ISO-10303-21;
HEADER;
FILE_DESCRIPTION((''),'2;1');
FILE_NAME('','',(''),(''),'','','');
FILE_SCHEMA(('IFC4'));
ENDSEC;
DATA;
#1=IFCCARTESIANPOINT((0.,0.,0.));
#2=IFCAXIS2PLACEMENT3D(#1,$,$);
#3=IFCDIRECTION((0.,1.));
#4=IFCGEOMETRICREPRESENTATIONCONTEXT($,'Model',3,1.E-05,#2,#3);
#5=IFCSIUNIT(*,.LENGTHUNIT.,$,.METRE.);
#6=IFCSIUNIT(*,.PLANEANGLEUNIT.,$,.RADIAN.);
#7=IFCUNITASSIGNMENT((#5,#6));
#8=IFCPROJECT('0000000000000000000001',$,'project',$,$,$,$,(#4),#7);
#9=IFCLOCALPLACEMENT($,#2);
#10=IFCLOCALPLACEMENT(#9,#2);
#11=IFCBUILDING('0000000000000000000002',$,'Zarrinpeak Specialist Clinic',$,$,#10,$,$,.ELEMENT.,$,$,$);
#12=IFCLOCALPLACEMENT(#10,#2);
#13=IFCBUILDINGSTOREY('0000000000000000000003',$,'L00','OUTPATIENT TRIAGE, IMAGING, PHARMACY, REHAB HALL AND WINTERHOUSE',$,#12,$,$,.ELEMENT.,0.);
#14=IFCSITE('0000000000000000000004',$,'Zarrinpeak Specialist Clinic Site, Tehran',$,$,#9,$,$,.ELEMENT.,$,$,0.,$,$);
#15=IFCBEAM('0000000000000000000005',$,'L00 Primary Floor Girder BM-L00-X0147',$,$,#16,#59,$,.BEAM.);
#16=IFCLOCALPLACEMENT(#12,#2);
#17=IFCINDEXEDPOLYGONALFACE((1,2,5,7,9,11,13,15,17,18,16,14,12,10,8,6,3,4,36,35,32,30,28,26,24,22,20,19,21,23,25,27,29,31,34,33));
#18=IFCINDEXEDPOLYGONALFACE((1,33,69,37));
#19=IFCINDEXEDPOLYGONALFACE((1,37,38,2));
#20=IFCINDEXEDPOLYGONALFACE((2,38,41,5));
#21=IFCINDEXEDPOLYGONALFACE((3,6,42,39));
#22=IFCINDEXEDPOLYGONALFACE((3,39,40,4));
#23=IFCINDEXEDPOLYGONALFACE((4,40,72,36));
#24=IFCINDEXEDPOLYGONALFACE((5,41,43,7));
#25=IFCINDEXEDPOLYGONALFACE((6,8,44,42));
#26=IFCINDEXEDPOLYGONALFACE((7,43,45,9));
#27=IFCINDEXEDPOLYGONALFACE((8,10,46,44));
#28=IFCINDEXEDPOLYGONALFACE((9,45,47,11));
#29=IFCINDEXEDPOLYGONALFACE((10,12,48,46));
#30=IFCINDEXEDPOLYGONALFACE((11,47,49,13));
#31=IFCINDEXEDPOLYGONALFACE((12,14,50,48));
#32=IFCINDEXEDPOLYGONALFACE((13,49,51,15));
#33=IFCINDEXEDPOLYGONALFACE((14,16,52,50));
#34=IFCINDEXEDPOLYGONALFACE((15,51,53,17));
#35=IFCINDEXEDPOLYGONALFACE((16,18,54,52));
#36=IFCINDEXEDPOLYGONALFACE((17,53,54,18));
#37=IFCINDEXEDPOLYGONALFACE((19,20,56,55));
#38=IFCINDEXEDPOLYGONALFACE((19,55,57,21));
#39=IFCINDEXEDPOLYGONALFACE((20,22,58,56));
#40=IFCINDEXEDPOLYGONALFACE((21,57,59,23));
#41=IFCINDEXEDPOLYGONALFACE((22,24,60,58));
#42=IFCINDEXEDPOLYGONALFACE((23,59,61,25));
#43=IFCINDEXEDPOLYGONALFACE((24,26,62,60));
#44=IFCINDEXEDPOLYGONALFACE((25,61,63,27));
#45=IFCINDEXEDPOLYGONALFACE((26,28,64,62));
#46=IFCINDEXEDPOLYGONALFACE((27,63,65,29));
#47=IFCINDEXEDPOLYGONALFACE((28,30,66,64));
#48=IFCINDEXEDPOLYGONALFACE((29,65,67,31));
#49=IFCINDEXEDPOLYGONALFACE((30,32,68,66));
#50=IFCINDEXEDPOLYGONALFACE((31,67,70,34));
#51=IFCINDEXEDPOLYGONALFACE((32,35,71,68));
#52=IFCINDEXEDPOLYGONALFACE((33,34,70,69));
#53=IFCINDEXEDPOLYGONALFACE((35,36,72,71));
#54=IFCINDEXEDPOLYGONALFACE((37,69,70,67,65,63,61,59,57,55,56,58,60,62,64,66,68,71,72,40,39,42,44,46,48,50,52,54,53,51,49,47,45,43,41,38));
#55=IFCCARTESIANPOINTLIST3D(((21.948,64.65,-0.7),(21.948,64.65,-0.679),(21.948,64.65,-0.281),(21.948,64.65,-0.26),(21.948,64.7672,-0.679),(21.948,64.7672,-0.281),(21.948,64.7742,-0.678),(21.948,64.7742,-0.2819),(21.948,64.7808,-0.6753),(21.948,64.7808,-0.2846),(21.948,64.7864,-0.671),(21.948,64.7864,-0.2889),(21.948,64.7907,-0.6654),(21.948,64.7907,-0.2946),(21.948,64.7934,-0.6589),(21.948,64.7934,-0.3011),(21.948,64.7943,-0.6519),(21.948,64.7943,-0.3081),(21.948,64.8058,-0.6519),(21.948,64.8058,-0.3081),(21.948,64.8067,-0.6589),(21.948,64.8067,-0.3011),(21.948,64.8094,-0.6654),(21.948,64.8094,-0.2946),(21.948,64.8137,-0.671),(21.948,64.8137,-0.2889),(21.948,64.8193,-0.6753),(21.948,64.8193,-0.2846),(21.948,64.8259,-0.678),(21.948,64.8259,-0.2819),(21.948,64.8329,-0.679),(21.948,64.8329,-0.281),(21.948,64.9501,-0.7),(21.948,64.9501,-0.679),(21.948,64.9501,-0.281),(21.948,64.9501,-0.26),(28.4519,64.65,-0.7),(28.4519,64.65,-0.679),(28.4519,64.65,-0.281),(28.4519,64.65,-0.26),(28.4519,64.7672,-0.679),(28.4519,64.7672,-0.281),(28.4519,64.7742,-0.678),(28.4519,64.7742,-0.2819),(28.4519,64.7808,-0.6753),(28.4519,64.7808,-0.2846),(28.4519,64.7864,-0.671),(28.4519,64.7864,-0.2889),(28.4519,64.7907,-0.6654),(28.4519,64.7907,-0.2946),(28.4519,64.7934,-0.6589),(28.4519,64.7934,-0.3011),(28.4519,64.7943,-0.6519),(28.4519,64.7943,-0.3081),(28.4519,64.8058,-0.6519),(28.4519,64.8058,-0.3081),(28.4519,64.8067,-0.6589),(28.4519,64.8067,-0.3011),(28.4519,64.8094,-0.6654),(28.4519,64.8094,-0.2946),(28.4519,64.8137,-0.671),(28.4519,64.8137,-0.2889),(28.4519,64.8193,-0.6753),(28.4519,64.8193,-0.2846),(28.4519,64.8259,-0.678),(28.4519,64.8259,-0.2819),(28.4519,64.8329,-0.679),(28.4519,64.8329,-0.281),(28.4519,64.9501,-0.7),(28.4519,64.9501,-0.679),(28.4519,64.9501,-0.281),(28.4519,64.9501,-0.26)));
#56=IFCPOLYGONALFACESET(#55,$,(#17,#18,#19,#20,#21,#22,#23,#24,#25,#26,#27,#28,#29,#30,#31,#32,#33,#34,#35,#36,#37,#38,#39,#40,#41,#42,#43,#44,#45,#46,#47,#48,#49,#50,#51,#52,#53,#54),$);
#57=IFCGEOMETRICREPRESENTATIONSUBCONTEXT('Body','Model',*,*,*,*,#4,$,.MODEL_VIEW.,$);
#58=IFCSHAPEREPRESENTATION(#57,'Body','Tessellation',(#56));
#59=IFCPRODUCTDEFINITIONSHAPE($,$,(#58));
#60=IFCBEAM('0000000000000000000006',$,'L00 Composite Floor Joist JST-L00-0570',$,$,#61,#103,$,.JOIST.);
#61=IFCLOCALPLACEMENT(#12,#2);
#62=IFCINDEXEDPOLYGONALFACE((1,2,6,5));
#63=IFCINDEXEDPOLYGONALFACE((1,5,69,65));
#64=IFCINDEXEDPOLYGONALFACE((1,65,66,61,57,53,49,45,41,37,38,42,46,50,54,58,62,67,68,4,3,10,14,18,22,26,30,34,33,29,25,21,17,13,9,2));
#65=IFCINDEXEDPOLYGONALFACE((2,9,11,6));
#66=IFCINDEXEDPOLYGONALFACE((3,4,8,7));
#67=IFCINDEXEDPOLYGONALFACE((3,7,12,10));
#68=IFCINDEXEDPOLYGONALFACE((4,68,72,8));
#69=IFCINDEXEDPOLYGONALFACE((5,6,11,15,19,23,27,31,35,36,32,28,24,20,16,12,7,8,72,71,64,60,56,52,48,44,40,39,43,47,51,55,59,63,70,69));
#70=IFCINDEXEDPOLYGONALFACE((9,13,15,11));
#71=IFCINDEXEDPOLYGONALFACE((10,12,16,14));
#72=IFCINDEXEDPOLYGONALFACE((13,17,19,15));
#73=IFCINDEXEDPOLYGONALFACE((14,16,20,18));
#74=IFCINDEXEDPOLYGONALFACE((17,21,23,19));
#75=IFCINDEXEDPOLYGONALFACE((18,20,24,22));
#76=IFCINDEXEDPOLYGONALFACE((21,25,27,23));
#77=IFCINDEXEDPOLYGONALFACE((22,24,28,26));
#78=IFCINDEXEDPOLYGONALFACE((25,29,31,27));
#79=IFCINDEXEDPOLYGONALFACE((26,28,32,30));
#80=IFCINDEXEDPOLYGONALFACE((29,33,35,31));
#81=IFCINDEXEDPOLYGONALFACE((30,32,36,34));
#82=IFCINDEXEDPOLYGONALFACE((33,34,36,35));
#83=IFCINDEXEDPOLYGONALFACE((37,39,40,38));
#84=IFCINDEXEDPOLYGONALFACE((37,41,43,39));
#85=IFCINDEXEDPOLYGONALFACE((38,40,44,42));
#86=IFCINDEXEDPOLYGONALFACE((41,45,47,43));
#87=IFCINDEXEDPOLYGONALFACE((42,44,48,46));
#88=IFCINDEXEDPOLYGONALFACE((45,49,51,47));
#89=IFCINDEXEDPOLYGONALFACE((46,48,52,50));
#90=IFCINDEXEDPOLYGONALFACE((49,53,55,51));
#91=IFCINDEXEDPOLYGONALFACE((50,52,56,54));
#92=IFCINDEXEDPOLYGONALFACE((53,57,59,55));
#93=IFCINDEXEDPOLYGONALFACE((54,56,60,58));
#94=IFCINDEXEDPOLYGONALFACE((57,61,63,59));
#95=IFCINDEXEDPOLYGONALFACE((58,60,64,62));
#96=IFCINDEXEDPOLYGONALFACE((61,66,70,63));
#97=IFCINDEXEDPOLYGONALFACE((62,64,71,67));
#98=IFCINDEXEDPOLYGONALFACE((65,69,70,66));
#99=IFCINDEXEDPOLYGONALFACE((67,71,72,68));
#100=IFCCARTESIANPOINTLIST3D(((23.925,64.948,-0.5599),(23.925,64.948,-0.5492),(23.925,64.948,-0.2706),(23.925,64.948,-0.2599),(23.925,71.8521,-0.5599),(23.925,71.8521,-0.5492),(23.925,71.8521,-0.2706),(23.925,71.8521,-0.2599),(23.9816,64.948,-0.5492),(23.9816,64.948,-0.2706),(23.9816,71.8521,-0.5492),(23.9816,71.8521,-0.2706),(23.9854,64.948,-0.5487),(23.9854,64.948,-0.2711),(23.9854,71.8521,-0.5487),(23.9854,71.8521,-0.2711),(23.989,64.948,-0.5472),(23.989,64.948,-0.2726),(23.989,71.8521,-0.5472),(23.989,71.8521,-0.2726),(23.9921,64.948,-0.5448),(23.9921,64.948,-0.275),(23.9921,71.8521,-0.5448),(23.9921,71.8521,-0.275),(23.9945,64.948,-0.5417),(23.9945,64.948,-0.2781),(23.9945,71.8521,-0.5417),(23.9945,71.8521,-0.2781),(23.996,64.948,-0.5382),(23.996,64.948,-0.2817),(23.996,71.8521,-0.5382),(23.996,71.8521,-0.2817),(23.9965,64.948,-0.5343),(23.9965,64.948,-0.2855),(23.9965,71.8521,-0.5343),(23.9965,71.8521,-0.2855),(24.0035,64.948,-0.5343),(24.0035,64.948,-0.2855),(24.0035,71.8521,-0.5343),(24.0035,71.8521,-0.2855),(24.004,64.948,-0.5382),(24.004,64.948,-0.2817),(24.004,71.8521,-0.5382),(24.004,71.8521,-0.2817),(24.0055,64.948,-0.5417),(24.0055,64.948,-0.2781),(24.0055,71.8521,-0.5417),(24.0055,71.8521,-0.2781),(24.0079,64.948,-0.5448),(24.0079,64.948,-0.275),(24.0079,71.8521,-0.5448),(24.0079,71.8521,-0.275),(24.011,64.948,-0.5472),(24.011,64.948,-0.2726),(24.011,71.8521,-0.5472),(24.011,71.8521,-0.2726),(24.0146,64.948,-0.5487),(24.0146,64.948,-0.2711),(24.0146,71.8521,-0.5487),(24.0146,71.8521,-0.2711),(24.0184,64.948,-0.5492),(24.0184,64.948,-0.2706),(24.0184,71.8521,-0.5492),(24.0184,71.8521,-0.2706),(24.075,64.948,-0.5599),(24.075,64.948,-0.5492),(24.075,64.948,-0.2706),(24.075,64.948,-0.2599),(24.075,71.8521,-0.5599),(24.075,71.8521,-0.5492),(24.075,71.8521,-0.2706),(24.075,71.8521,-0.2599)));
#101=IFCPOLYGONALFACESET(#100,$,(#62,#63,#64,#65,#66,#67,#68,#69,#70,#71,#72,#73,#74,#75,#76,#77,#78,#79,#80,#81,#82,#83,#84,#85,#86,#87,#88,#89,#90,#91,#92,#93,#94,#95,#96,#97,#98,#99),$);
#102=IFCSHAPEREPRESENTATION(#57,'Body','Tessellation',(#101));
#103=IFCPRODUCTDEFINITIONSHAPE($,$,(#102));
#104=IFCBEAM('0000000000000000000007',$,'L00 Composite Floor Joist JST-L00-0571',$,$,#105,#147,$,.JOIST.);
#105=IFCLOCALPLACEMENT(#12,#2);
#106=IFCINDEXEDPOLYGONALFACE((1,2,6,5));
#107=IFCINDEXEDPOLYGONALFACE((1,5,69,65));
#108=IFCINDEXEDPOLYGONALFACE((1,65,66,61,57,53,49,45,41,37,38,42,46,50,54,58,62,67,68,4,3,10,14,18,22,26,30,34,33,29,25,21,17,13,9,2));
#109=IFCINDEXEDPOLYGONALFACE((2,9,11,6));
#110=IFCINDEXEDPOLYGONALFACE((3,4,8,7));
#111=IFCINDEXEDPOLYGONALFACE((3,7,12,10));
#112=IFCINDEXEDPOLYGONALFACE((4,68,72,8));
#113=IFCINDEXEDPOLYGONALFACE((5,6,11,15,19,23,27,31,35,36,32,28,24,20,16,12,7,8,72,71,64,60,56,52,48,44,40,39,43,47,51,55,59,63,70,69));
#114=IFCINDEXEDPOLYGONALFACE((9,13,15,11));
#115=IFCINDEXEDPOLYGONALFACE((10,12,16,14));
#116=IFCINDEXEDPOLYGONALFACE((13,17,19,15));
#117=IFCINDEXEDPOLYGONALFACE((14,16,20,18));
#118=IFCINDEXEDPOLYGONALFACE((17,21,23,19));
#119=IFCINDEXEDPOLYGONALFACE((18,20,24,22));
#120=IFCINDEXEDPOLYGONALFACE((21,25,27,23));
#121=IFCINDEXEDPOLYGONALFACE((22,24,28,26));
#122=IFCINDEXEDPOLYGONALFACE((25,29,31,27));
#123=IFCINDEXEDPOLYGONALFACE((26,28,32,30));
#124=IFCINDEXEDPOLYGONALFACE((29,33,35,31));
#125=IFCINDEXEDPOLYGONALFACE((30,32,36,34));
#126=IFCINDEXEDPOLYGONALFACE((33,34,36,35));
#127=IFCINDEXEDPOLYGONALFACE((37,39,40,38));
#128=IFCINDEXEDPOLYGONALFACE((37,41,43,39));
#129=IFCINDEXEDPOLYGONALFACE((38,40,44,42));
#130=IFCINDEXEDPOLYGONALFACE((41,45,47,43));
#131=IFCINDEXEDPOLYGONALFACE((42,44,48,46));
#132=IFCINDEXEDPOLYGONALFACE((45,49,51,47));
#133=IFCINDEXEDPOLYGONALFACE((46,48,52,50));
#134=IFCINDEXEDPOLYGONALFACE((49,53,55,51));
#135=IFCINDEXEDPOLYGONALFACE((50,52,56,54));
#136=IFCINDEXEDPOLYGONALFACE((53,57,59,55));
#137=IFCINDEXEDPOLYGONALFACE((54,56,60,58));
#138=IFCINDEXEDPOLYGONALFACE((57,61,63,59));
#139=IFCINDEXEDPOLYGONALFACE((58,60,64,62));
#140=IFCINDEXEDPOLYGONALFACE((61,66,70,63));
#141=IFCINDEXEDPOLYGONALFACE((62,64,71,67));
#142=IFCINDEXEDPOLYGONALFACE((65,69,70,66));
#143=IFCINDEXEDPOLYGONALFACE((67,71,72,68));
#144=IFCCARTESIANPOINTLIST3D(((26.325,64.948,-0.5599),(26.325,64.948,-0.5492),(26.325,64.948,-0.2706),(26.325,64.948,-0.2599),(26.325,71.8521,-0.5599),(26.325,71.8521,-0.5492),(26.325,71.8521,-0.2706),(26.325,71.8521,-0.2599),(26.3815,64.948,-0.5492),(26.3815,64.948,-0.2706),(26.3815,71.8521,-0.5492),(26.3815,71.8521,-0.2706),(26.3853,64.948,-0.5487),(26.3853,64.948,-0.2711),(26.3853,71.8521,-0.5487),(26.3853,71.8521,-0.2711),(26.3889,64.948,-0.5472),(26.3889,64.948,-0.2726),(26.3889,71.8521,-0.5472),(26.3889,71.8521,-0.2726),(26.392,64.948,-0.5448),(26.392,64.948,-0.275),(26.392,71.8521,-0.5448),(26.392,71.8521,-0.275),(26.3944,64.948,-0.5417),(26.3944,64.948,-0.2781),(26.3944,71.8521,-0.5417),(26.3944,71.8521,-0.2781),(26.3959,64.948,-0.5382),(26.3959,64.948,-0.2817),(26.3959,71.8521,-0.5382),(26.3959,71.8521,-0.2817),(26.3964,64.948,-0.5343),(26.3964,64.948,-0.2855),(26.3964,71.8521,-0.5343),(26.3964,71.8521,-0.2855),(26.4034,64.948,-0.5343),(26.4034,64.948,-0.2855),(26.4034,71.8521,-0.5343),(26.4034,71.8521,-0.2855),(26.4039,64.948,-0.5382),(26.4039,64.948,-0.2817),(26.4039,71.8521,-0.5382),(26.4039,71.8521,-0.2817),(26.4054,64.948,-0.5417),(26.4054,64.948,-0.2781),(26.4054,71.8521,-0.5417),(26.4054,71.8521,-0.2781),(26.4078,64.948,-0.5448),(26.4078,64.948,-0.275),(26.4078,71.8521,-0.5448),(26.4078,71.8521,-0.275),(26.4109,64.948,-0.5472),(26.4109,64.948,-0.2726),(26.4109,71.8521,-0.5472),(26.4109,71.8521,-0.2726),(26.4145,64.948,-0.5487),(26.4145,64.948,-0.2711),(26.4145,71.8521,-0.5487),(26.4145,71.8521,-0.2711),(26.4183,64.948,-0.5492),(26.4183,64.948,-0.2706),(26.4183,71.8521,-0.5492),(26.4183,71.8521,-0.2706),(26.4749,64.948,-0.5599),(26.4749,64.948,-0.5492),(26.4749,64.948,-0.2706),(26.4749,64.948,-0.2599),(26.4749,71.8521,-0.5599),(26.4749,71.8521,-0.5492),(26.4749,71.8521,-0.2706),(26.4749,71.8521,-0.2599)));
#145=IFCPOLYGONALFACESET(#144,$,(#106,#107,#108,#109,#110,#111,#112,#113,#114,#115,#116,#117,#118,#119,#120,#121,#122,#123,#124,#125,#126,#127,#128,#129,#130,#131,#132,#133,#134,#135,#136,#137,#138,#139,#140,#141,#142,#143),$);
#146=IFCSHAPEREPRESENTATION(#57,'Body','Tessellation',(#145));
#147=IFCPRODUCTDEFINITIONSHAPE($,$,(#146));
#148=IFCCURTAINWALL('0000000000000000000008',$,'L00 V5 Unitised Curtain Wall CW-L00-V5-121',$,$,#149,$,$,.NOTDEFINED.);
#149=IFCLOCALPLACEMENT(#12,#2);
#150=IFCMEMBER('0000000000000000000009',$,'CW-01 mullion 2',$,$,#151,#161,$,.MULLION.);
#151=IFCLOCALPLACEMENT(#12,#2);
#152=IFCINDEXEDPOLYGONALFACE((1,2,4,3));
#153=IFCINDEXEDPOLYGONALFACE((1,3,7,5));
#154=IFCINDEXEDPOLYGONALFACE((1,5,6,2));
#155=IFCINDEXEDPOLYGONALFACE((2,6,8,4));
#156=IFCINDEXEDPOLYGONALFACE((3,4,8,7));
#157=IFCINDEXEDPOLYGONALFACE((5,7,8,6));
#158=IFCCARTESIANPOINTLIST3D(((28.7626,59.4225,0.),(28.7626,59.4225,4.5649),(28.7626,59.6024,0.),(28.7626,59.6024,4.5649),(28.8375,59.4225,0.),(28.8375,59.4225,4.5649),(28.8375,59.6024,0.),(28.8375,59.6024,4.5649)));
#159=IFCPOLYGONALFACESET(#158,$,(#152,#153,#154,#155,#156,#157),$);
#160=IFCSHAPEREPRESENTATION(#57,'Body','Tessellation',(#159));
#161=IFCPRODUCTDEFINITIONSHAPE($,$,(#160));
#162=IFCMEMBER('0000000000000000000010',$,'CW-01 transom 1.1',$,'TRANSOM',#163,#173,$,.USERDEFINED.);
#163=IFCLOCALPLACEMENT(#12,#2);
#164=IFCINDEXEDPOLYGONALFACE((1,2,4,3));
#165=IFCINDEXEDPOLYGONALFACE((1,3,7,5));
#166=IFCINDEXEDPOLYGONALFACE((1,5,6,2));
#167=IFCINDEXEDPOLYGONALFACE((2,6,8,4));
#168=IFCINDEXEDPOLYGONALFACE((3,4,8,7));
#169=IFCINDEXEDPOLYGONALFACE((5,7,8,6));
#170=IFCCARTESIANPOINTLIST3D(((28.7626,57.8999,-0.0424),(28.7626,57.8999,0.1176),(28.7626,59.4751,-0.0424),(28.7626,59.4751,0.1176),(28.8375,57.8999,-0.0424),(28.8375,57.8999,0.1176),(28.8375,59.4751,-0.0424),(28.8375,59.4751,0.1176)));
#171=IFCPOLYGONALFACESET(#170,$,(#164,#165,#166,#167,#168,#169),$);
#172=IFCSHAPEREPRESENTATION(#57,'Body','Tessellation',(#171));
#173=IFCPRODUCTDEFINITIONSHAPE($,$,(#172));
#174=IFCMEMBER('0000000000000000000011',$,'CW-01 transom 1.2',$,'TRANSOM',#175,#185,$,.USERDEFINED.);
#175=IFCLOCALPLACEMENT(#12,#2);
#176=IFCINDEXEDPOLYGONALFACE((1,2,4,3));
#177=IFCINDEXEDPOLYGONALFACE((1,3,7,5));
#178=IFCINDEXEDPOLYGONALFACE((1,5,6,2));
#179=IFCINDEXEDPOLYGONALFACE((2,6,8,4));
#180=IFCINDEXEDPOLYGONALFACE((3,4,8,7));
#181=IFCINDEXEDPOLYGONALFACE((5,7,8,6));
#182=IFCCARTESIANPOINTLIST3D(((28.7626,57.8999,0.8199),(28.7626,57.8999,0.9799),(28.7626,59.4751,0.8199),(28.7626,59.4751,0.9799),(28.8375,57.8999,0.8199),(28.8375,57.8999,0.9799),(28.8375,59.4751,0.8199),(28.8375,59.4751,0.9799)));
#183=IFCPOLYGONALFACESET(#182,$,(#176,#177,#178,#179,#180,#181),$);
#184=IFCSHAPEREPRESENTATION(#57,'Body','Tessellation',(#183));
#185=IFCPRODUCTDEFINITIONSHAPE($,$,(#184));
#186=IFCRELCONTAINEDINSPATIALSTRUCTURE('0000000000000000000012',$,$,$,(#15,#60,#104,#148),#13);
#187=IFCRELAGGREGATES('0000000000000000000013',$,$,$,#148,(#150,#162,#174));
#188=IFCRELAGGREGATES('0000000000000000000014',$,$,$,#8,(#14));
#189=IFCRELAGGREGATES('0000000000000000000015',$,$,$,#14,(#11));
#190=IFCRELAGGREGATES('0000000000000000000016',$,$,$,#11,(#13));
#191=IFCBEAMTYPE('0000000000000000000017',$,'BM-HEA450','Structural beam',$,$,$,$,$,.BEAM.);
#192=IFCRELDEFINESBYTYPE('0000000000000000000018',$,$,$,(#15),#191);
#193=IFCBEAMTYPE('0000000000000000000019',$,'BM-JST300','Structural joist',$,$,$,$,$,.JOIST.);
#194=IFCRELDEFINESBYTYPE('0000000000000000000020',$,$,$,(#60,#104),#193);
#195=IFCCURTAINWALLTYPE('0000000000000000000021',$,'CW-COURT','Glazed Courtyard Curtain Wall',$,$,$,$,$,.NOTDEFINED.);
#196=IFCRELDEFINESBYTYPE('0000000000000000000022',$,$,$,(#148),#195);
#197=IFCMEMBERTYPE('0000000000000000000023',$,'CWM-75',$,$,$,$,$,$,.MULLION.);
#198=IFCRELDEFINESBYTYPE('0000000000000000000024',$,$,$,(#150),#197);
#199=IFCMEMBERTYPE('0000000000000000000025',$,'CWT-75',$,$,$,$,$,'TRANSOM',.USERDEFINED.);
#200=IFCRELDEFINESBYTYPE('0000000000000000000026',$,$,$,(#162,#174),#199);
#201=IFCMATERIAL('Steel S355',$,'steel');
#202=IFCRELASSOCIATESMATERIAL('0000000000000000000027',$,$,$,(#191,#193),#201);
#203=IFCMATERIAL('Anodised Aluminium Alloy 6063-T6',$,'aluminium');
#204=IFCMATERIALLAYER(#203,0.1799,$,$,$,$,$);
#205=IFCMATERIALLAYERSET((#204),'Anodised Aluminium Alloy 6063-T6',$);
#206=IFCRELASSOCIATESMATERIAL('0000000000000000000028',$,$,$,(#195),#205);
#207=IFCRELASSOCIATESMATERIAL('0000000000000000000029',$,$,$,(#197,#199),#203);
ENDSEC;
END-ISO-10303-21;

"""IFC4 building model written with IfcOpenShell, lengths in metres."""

from ifc_helpers import new_model, si_unit, direction, frame, origin, origin_2d, place, context, subcontext, project, spatial, rectangle, i_section, extrude, material, layer, layer_set, material_profile, profile_set, type_object, element, aggregate, save


model = new_model("IFC4")

# Units and contexts
model_context = context("Model", 3, precision=1e-05, world=origin(), true_north=direction((0.0, 1.0)))
body_context = subcontext(model_context, "Body", "Model", "MODEL_VIEW")
ifc_project = project(units=[si_unit("LENGTHUNIT", "METRE"), si_unit("PLANEANGLEUNIT", "RADIAN")], contexts=[model_context])

# Site, building, storey
site_placement = place(None, origin())
site = spatial("IfcSite", under=ifc_project, at=site_placement, Name="Zarrinpeak Specialist Clinic Site, Tehran", CompositionType="ELEMENT", RefElevation=0.0)
building_placement = place(site_placement, origin())
building = spatial("IfcBuilding", under=site, at=building_placement, Name="Zarrinpeak Specialist Clinic", CompositionType="ELEMENT")
storey_placement = place(building_placement, origin())
storey = spatial("IfcBuildingStorey", under=building, at=storey_placement, Name="L00", Description="OUTPATIENT TRIAGE, IMAGING, PHARMACY, REHAB HALL AND WINTERHOUSE", CompositionType="ELEMENT", Elevation=0.0)

# Shared definitions
ifc_material_1 = material(Name="Steel S355", Category="steel")

# Beams
ifc_material_profile_1 = material_profile(ifc_material_1, i_section(OverallWidth=0.3, OverallDepth=0.4399, WebThickness=0.0115, FlangeThickness=0.021, FilletRadius=0.0271, at=origin_2d()), Name="HEA 450")
ifc_profile_set_1 = profile_set([ifc_material_profile_1], Name="Steel S355")
beam_type_1 = type_object("IfcBeamType", Name="BM-HEA450", Description="Structural beam", PredefinedType="BEAM", material=ifc_profile_set_1)
beam_1_placement = place(storey_placement, frame((21.948, 64.8, -0.48), z_axis=(1.0, 0.0, 0.0), x_axis=(0.0, 1.0, 0.0)))
element("IfcBeam", 1, at=beam_1_placement, inside=storey, type_object=beam_type_1, Name="L00 Primary Floor Girder BM-L00-X0147", PredefinedType="BEAM", context=body_context, shape_type="SweptSolid", body=[
    extrude(i_section(OverallWidth=0.3, OverallDepth=0.4399, WebThickness=0.0115, FlangeThickness=0.021, FilletRadius=0.0271, at=origin_2d()), origin(), (0.0, 0.0, 1.0), 6.5039),
])
ifc_material_profile_2 = material_profile(ifc_material_1, i_section(OverallWidth=0.1499, OverallDepth=0.3, WebThickness=0.0071, FlangeThickness=0.0107, FilletRadius=0.0149, at=origin_2d()), Name="IPE 300")
ifc_profile_set_2 = profile_set([ifc_material_profile_2], Name="Steel S355")
beam_type_2 = type_object("IfcBeamType", Name="BM-JST300", Description="Structural joist", PredefinedType="JOIST", material=ifc_profile_set_2)
for number, where, z_axis, x_axis, name in (
    (2, (24.0, 64.948, -0.4099), (0.0, 1.0, 0.0), (-1.0, 0.0, 0.0), "L00 Composite Floor Joist JST-L00-0570"),
    (3, (26.3999, 64.948, -0.4099), (0.0, 1.0, 0.0), (-1.0, 0.0, 0.0), "L00 Composite Floor Joist JST-L00-0571"),
):
    element("IfcBeam", number, at=place(storey_placement, frame(where, z_axis=z_axis, x_axis=x_axis)), inside=storey, type_object=beam_type_2, Name=name, PredefinedType="JOIST", context=body_context, shape_type="SweptSolid", body=[
        extrude(i_section(OverallWidth=0.1499, OverallDepth=0.3, WebThickness=0.0071, FlangeThickness=0.0107, FilletRadius=0.0149, at=origin_2d()), origin(), (0.0, 0.0, 1.0), 6.9041),
    ])

# Curtain wall, members
ifc_material_2 = material(Name="Anodised Aluminium Alloy 6063-T6", Category="aluminium")
ifc_layer_1 = layer(ifc_material_2, 0.1799)
ifc_layer_set_1 = layer_set([ifc_layer_1], Name="Anodised Aluminium Alloy 6063-T6")
curtain_wall_type = type_object("IfcCurtainWallType", Name="CW-COURT", Description="Glazed Courtyard Curtain Wall", PredefinedType="NOTDEFINED", material=ifc_layer_set_1)
curtain_wall_placement = place(storey_placement, origin())
curtain_wall = element("IfcCurtainWall", 4, at=curtain_wall_placement, inside=storey, type_object=curtain_wall_type, Name="L00 V5 Unitised Curtain Wall CW-L00-V5-121", PredefinedType="NOTDEFINED")
ifc_material_profile_3 = material_profile(ifc_material_2, rectangle(XDim=0.075, YDim=0.1799, at=origin_2d()), Name="ALU 75x180")
ifc_profile_set_3 = profile_set([ifc_material_profile_3], Name="Anodised Aluminium Alloy 6063-T6")
member_type_1 = type_object("IfcMemberType", Name="CWM-75", PredefinedType="MULLION", material=ifc_profile_set_3)
member_1_placement = place(storey_placement, frame((28.8, 59.5125, 0.0), z_axis=(0.0, 0.0, 1.0), x_axis=(-1.0, 0.0, 0.0)))
member_1 = element("IfcMember", 5, at=member_1_placement, type_object=member_type_1, Name="CW-01 mullion 2", PredefinedType="MULLION", context=body_context, shape_type="SweptSolid", body=[
    extrude(rectangle(XDim=0.075, YDim=0.1799, at=origin_2d()), origin(), (0.0, 0.0, 1.0), 4.5649),
])
ifc_material_profile_4 = material_profile(ifc_material_2, rectangle(XDim=0.075, YDim=0.1599, at=origin_2d()), Name="ALU 75x160")
ifc_profile_set_4 = profile_set([ifc_material_profile_4], Name="Anodised Aluminium Alloy 6063-T6")
member_type_2 = type_object("IfcMemberType", Name="CWT-75", ElementType="TRANSOM", PredefinedType="USERDEFINED", material=ifc_profile_set_4)
member_2_placement = place(storey_placement, frame((28.8, 57.8999, 0.0376), z_axis=(0.0, 1.0, 0.0), x_axis=(-1.0, 0.0, 0.0)))
member_2 = element("IfcMember", 6, at=member_2_placement, type_object=member_type_2, Name="CW-01 transom 1.1", ObjectType="TRANSOM", PredefinedType="USERDEFINED", context=body_context, shape_type="SweptSolid", body=[
    extrude(rectangle(XDim=0.075, YDim=0.1599, at=origin_2d()), origin(), (0.0, 0.0, 1.0), 1.5752),
])
member_3_placement = place(storey_placement, frame((28.8, 57.8999, 0.8999), z_axis=(0.0, 1.0, 0.0), x_axis=(-1.0, 0.0, 0.0)))
member_3 = element("IfcMember", 7, at=member_3_placement, type_object=member_type_2, Name="CW-01 transom 1.2", ObjectType="TRANSOM", PredefinedType="USERDEFINED", context=body_context, shape_type="SweptSolid", body=[
    extrude(rectangle(XDim=0.075, YDim=0.1599, at=origin_2d()), origin(), (0.0, 0.0, 1.0), 1.5752),
])
aggregate(curtain_wall, [member_1, member_2, member_3])

save(model, "model.ifc")
